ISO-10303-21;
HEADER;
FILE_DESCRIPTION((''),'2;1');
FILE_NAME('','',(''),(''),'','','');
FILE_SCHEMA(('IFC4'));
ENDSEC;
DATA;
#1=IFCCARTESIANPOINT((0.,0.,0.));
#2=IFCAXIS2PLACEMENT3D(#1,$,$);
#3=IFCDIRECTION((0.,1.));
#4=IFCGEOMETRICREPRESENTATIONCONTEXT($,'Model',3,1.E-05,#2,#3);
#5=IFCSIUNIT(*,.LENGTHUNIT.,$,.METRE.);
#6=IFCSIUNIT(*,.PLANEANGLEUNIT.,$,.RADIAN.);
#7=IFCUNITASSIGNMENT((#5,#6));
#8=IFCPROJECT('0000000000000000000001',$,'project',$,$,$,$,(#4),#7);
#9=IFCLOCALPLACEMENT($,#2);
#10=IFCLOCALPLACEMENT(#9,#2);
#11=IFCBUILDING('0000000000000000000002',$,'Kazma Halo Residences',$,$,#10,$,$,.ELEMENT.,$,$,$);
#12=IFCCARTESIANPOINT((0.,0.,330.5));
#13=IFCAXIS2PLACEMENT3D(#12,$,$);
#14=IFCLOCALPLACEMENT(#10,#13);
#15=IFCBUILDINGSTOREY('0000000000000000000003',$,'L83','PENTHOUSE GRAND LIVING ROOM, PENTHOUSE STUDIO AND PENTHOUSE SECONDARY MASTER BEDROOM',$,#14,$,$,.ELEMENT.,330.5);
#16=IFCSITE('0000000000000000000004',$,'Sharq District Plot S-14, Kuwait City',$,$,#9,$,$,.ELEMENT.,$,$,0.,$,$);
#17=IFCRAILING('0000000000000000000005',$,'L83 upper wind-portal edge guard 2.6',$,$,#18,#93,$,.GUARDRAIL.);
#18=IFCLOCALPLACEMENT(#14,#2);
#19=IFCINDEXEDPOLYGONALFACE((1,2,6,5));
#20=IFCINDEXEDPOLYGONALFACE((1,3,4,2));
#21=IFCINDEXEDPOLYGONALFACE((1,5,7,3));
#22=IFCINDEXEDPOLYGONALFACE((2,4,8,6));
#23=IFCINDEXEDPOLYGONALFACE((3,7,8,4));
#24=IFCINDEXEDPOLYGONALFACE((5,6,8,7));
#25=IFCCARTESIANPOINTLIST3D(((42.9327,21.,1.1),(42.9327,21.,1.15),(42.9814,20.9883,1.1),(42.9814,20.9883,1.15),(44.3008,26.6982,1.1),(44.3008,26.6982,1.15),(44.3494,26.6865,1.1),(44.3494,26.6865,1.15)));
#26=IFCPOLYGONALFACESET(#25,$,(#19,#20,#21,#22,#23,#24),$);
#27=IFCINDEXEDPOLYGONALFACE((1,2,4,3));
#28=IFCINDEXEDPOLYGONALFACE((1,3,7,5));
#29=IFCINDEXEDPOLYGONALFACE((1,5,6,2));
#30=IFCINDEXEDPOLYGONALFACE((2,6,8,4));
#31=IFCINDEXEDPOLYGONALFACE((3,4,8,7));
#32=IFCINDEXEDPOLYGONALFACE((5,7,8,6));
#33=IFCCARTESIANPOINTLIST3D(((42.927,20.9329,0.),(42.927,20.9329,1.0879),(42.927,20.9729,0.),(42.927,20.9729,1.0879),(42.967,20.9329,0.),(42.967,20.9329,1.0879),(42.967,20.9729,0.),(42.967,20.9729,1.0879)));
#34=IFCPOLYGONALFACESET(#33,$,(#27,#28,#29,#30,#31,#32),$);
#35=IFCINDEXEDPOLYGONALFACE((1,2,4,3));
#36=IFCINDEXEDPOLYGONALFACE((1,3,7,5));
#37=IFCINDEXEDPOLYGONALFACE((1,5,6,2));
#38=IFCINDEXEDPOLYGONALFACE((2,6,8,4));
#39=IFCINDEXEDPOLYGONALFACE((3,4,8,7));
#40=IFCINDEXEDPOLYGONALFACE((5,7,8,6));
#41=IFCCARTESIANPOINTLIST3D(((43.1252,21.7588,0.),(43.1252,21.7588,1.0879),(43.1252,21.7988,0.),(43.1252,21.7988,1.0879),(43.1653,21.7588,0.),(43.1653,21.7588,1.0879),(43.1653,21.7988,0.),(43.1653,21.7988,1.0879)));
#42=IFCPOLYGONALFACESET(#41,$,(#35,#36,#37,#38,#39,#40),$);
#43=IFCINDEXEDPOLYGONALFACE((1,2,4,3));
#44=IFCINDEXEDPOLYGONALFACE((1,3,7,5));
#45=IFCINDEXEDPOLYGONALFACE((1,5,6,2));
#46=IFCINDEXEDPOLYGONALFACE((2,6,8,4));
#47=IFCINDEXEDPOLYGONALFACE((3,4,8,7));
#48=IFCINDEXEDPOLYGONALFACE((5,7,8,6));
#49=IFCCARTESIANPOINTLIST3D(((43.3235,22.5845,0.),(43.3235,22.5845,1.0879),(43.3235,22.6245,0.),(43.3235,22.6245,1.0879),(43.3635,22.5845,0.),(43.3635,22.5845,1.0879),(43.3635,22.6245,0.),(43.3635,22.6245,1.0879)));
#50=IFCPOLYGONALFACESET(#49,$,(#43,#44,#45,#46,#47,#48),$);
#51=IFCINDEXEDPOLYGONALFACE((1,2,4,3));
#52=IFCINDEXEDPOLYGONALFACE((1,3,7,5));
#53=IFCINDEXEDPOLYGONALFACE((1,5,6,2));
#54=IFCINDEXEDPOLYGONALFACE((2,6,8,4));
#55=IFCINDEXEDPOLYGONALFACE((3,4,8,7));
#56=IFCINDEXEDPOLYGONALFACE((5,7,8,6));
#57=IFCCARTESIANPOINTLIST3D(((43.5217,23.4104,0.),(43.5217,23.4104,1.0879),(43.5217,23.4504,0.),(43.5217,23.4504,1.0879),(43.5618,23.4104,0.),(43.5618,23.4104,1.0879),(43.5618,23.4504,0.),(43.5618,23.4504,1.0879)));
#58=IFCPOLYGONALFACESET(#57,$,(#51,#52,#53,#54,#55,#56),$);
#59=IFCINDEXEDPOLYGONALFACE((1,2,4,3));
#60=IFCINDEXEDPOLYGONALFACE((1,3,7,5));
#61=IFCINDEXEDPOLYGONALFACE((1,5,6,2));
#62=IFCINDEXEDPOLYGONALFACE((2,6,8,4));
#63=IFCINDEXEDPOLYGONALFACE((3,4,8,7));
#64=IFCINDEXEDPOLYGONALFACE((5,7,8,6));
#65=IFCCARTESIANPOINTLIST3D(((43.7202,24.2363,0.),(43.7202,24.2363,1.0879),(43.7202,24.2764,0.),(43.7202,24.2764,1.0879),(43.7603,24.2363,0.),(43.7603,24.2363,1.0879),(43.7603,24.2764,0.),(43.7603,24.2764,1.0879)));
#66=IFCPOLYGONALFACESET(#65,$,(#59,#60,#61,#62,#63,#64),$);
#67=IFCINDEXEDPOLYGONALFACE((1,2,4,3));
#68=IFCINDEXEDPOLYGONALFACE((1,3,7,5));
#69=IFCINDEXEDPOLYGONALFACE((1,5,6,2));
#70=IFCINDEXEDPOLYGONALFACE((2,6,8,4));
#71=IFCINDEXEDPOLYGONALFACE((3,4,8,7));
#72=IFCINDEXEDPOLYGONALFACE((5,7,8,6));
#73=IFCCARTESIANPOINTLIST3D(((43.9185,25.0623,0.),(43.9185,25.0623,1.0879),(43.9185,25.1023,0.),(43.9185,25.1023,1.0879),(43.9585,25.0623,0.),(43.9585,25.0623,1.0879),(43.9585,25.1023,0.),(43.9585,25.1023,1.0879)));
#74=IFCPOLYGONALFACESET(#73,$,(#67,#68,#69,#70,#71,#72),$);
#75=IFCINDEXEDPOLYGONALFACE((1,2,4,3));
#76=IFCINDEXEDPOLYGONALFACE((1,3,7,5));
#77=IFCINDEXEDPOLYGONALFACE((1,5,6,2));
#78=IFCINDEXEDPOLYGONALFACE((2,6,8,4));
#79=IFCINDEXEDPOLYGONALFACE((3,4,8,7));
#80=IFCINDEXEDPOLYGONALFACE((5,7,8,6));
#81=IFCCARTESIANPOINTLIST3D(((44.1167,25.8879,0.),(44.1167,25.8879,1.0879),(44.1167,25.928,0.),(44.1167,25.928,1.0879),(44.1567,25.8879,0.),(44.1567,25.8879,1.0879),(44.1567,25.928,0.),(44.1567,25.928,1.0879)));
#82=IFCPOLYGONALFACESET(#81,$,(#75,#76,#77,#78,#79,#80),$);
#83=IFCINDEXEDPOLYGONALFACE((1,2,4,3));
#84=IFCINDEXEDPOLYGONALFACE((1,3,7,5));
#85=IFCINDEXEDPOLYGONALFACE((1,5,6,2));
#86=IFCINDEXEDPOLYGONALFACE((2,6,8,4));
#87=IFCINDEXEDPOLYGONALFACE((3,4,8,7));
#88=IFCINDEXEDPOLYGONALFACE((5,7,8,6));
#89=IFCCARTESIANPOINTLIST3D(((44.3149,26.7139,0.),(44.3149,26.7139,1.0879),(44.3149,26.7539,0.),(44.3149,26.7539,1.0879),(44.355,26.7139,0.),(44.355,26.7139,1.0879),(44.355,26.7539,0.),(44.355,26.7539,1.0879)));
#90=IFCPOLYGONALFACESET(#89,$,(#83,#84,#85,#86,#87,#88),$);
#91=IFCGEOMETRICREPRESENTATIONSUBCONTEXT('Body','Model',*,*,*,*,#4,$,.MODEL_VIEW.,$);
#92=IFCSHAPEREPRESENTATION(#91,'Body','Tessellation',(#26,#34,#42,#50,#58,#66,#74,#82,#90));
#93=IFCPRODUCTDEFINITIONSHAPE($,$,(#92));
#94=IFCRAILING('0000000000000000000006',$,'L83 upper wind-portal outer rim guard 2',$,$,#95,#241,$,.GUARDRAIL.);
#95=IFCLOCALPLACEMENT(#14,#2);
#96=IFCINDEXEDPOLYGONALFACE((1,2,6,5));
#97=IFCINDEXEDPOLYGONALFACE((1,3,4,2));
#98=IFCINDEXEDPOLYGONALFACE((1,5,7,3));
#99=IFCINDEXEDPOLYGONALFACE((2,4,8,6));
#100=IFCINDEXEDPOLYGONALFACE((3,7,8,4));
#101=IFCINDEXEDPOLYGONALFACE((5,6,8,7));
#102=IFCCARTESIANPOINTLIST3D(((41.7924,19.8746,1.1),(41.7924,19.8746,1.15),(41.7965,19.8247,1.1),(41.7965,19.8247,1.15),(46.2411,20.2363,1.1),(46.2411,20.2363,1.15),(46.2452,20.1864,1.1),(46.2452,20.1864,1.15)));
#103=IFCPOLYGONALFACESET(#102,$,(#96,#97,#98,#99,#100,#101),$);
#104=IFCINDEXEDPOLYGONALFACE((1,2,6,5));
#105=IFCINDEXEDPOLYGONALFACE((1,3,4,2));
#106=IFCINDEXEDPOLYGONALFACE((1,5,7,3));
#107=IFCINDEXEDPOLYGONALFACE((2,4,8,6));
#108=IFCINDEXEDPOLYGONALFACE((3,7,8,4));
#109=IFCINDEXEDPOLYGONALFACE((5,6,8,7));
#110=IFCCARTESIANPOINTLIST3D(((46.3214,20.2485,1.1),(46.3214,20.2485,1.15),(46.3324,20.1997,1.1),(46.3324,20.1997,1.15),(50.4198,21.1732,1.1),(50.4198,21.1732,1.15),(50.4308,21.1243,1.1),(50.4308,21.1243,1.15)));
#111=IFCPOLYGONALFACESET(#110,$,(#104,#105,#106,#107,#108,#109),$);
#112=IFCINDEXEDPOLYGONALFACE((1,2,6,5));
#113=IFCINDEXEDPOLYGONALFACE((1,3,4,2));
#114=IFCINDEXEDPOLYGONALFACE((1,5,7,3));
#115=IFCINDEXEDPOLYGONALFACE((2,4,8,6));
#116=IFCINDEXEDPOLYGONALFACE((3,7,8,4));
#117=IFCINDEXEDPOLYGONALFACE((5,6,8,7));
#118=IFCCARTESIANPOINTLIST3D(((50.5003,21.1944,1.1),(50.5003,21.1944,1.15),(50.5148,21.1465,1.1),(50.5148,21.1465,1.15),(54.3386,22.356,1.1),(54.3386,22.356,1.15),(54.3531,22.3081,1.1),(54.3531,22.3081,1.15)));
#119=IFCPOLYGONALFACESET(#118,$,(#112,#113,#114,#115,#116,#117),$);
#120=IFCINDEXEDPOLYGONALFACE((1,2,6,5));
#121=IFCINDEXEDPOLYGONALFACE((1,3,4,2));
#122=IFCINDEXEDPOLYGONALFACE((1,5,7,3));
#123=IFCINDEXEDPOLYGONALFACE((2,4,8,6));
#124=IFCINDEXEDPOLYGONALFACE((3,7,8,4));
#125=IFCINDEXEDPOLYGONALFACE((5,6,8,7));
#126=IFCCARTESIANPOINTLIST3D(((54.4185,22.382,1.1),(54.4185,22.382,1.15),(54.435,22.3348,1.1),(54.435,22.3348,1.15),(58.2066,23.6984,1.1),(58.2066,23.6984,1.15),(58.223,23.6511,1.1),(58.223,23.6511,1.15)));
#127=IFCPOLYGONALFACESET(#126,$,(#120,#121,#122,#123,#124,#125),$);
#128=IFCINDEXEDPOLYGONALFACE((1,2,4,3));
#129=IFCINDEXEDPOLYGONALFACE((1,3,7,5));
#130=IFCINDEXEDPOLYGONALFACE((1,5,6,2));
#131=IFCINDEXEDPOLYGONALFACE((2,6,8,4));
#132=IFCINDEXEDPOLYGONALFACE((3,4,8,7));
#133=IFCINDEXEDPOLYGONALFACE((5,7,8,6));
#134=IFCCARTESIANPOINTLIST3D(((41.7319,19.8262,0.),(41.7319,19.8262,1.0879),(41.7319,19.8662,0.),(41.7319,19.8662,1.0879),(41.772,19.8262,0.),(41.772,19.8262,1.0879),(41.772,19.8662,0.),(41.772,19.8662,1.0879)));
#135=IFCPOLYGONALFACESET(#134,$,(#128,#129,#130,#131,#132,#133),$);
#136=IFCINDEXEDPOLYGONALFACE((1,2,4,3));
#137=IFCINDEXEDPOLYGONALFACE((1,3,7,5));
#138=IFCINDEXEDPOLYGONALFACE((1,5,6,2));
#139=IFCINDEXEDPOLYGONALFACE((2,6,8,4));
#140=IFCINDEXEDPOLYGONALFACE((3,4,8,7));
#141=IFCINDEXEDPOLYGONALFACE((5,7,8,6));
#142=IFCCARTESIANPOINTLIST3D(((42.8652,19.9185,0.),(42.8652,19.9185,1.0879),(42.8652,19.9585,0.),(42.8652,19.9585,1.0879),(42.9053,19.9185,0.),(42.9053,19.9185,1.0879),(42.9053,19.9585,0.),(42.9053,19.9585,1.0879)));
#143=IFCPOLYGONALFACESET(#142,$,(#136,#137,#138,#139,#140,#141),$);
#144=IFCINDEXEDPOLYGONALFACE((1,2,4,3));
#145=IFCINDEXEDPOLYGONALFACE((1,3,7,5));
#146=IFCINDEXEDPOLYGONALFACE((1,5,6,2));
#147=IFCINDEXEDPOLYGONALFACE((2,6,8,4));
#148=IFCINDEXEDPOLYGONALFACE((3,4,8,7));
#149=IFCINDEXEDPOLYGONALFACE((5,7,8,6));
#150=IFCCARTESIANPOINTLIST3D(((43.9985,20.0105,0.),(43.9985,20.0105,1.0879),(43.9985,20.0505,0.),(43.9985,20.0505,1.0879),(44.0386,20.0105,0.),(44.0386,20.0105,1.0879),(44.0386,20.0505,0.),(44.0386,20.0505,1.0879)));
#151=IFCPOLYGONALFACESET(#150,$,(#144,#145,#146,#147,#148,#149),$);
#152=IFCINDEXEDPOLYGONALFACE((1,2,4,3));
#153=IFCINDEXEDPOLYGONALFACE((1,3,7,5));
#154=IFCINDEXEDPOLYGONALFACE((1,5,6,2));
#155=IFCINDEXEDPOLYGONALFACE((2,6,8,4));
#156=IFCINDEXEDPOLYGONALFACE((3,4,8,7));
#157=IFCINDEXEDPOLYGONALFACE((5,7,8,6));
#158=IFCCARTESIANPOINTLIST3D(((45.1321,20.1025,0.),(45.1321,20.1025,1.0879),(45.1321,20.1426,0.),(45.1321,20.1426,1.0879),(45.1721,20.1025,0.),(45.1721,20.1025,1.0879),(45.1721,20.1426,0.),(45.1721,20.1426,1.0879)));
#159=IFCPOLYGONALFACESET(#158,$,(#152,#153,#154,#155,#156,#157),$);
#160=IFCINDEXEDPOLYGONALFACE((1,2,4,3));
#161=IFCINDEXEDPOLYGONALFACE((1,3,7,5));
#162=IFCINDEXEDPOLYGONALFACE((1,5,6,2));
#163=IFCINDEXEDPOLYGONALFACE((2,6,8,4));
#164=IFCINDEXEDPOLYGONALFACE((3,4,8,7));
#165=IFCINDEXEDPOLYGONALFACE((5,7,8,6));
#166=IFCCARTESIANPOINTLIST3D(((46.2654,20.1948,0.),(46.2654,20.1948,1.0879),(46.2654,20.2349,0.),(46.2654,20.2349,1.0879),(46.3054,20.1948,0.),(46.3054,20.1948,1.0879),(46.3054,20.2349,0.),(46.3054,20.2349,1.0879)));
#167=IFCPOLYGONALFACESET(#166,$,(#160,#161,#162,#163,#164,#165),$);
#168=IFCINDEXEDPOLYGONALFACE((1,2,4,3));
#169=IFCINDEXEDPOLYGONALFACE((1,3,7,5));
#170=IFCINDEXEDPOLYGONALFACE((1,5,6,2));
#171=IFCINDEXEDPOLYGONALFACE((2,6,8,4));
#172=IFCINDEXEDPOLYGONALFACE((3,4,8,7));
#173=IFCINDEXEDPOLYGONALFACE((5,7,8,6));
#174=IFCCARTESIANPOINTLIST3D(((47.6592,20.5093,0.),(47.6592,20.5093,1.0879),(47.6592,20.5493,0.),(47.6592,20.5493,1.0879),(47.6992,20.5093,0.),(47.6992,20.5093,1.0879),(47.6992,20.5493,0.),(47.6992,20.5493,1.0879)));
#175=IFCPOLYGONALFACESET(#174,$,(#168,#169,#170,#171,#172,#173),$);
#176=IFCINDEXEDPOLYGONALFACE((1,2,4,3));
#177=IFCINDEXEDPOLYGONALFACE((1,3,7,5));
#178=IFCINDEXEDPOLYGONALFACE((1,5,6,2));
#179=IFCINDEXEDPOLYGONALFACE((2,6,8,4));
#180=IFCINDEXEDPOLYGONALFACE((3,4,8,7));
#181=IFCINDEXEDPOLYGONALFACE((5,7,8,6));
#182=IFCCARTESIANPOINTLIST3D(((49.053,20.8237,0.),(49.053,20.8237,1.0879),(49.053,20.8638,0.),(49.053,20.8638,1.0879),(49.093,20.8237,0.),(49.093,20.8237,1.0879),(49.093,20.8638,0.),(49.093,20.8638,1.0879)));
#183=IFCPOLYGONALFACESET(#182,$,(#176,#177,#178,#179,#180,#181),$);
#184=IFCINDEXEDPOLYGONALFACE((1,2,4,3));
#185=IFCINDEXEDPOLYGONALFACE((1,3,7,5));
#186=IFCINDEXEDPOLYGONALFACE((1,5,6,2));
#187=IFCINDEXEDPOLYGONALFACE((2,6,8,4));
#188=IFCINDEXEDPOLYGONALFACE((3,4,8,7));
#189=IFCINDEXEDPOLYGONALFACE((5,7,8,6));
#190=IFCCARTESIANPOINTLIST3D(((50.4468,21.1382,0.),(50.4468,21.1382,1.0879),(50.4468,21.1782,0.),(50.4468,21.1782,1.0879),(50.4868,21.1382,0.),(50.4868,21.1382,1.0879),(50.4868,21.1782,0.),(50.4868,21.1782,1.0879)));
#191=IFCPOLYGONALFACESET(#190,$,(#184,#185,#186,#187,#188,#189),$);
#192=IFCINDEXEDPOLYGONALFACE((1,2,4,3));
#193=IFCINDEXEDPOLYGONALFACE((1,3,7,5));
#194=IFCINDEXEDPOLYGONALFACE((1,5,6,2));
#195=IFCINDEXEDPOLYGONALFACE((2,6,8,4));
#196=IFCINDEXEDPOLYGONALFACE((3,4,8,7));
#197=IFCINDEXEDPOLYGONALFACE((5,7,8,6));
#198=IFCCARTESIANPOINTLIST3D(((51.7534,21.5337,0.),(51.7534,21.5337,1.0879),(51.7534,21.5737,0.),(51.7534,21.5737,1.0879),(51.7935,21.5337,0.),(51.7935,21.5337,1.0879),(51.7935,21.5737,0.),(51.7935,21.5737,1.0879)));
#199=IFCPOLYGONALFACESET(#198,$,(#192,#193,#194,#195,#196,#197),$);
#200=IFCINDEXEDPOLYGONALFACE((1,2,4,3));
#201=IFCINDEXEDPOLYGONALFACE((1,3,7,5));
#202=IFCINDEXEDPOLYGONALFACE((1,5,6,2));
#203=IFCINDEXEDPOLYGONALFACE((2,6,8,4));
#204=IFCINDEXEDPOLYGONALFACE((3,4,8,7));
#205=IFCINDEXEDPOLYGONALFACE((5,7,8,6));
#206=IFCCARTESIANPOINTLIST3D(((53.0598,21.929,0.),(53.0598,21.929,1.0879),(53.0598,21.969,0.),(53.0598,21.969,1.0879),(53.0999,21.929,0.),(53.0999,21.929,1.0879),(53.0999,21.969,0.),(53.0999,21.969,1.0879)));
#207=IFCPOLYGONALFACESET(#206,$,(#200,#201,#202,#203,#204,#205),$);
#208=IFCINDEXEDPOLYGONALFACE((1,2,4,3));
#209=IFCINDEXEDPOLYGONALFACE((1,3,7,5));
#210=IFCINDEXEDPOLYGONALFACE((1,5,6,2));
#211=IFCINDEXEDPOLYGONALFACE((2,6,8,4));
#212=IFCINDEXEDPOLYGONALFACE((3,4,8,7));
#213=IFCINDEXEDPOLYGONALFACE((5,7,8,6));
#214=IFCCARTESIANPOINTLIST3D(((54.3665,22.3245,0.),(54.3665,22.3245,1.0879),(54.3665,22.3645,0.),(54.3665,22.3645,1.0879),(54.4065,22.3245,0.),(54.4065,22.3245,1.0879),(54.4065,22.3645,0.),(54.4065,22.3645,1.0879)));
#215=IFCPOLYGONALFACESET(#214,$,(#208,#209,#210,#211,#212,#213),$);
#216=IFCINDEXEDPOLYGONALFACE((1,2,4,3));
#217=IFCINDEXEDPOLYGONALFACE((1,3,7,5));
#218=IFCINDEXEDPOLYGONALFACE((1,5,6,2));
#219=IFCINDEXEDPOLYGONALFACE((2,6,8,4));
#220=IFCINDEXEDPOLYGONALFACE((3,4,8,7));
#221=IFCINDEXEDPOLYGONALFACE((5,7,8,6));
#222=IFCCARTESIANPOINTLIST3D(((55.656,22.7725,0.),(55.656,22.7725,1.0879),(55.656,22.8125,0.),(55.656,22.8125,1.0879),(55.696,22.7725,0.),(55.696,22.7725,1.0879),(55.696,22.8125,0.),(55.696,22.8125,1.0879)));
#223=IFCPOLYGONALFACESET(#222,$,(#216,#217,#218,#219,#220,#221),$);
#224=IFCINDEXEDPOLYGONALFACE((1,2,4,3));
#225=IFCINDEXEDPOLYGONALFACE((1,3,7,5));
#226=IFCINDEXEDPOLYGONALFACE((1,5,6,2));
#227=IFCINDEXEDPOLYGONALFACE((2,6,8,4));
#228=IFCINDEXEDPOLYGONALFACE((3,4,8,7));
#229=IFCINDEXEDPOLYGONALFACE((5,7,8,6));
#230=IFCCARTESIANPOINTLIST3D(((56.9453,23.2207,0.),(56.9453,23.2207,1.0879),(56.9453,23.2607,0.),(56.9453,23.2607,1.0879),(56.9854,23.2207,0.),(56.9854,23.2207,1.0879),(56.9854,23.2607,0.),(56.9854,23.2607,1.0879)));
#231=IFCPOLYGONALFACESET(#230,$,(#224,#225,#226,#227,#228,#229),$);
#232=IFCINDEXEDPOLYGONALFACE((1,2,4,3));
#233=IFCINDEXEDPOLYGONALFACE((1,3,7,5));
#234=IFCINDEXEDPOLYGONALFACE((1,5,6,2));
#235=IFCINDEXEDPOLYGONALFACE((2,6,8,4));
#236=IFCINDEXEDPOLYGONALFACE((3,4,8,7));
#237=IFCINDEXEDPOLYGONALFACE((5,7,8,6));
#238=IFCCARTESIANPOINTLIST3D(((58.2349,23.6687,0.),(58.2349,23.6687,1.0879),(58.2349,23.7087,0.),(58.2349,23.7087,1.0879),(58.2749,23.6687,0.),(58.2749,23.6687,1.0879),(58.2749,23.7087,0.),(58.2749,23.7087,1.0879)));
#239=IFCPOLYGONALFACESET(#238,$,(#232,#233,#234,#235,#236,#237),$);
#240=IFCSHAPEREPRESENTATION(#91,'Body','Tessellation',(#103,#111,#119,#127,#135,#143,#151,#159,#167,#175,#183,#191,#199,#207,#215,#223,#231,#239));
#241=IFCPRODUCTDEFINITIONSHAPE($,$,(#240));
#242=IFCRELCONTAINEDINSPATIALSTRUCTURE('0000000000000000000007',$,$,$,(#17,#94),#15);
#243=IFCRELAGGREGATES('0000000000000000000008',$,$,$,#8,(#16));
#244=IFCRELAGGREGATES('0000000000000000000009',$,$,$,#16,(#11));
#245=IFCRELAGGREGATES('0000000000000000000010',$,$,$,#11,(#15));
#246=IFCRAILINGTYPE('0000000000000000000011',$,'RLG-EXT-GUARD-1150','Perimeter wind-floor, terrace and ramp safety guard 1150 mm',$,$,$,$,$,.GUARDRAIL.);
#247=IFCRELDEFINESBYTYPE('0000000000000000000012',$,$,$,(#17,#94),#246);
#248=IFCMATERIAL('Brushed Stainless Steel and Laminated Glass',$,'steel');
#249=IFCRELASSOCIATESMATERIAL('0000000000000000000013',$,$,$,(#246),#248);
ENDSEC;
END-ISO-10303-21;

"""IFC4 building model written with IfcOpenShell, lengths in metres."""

from ifc_helpers import new_model, si_unit, direction, frame, origin, origin_2d, place, context, subcontext, project, spatial, rectangle, extrude, material, type_object, element, save


model = new_model("IFC4")

# Units and contexts
model_context = context("Model", 3, precision=1e-05, world=origin(), true_north=direction((0.0, 1.0)))
body_context = subcontext(model_context, "Body", "Model", "MODEL_VIEW")
ifc_project = project(units=[si_unit("LENGTHUNIT", "METRE"), si_unit("PLANEANGLEUNIT", "RADIAN")], contexts=[model_context])

# Site, building, storey
site_placement = place(None, origin())
site = spatial("IfcSite", under=ifc_project, at=site_placement, Name="Sharq District Plot S-14, Kuwait City", CompositionType="ELEMENT", RefElevation=0.0)
building_placement = place(site_placement, origin())
building = spatial("IfcBuilding", under=site, at=building_placement, Name="Kazma Halo Residences", CompositionType="ELEMENT")
storey_placement = place(building_placement, frame((0.0, 0.0, 330.5)))
storey = spatial("IfcBuildingStorey", under=building, at=storey_placement, Name="L83", Description="PENTHOUSE GRAND LIVING ROOM, PENTHOUSE STUDIO AND PENTHOUSE SECONDARY MASTER BEDROOM", CompositionType="ELEMENT", Elevation=330.5)

# Railings
ifc_material_1 = material(Name="Brushed Stainless Steel and Laminated Glass", Category="steel")
railing_type_1 = type_object("IfcRailingType", Name="RLG-EXT-GUARD-1150", Description="Perimeter wind-floor, terrace and ramp safety guard 1150 mm", PredefinedType="GUARDRAIL", material=ifc_material_1)
railing_1_placement = place(storey_placement, frame((42.947, 20.9529, 0.0)))
element("IfcRailing", 1, at=railing_1_placement, inside=storey, type_object=railing_type_1, Name="L83 upper wind-portal edge guard 2.6", PredefinedType="GUARDRAIL", context=body_context, shape_type="SweptSolid", body=[
    extrude(rectangle(XDim=0.05, YDim=0.05, at=origin_2d()), frame((0.01, 0.0413, 1.125), z_axis=(0.233452, 0.972368, 0.0), x_axis=(-0.972368, 0.233452, 0.0)), (0.0, 0.0, 1.0), 5.8601),
    extrude(rectangle(XDim=0.04, YDim=0.04, at=origin_2d()), origin(), (0.0, 0.0, 1.0), 1.0879),
    extrude(rectangle(XDim=0.04, YDim=0.04, at=origin_2d()), frame((0.1982, 0.8259, 0.0)), (0.0, 0.0, 1.0), 1.0879),
    extrude(rectangle(XDim=0.04, YDim=0.04, at=origin_2d()), frame((0.3965, 1.6516, 0.0)), (0.0, 0.0, 1.0), 1.0879),
    extrude(rectangle(XDim=0.04, YDim=0.04, at=origin_2d()), frame((0.5947, 2.4775, 0.0)), (0.0, 0.0, 1.0), 1.0879),
    extrude(rectangle(XDim=0.04, YDim=0.04, at=origin_2d()), frame((0.7932, 3.3035, 0.0)), (0.0, 0.0, 1.0), 1.0879),
    extrude(rectangle(XDim=0.04, YDim=0.04, at=origin_2d()), frame((0.9915, 4.1294, 0.0)), (0.0, 0.0, 1.0), 1.0879),
    extrude(rectangle(XDim=0.04, YDim=0.04, at=origin_2d()), frame((1.1897, 4.9551, 0.0)), (0.0, 0.0, 1.0), 1.0879),
    extrude(rectangle(XDim=0.04, YDim=0.04, at=origin_2d()), frame((1.3879, 5.781, 0.0)), (0.0, 0.0, 1.0), 1.0879),
])
railing_2_placement = place(storey_placement, frame((41.752, 19.8462, 0.0)))
element("IfcRailing", 2, at=railing_2_placement, inside=storey, type_object=railing_type_1, Name="L83 upper wind-portal outer rim guard 2", PredefinedType="GUARDRAIL", context=body_context, shape_type="SweptSolid", body=[
    extrude(rectangle(XDim=0.05, YDim=0.05, at=origin_2d()), frame((0.0425, 0.0034, 1.125), z_axis=(0.99671, 0.081051, 0.0), x_axis=(-0.081051, 0.99671, 0.0)), (0.0, 0.0, 1.0), 4.4634),
    extrude(rectangle(XDim=0.05, YDim=0.05, at=origin_2d()), frame((4.575, 0.3779, 1.125), z_axis=(0.975482, 0.220077, 0.0), x_axis=(-0.220077, 0.975482, 0.0)), (0.0, 0.0, 1.0), 4.2014),
    extrude(rectangle(XDim=0.05, YDim=0.05, at=origin_2d()), frame((8.7556, 1.3242, 1.125), z_axis=(0.957126, 0.289671, 0.0), x_axis=(-0.289671, 0.957126, 0.0)), (0.0, 0.0, 1.0), 4.0103),
    extrude(rectangle(XDim=0.05, YDim=0.05, at=origin_2d()), frame((12.6748, 2.5122, 1.125), z_axis=(0.944595, 0.328239, 0.0), x_axis=(-0.328239, 0.944595, 0.0)), (0.0, 0.0, 1.0), 4.0103),
    extrude(rectangle(XDim=0.04, YDim=0.04, at=origin_2d()), origin(), (0.0, 0.0, 1.0), 1.0879),
    extrude(rectangle(XDim=0.04, YDim=0.04, at=origin_2d()), frame((1.1333, 0.0923, 0.0)), (0.0, 0.0, 1.0), 1.0879),
    extrude(rectangle(XDim=0.04, YDim=0.04, at=origin_2d()), frame((2.2666, 0.1843, 0.0)), (0.0, 0.0, 1.0), 1.0879),
    extrude(rectangle(XDim=0.04, YDim=0.04, at=origin_2d()), frame((3.4001, 0.2764, 0.0)), (0.0, 0.0, 1.0), 1.0879),
    extrude(rectangle(XDim=0.04, YDim=0.04, at=origin_2d()), frame((4.5334, 0.3687, 0.0)), (0.0, 0.0, 1.0), 1.0879),
    extrude(rectangle(XDim=0.04, YDim=0.04, at=origin_2d()), frame((5.9272, 0.6831, 0.0)), (0.0, 0.0, 1.0), 1.0879),
    extrude(rectangle(XDim=0.04, YDim=0.04, at=origin_2d()), frame((7.321, 0.9976, 0.0)), (0.0, 0.0, 1.0), 1.0879),
    extrude(rectangle(XDim=0.04, YDim=0.04, at=origin_2d()), frame((8.7148, 1.312, 0.0)), (0.0, 0.0, 1.0), 1.0879),
    extrude(rectangle(XDim=0.04, YDim=0.04, at=origin_2d()), frame((10.0215, 1.7075, 0.0)), (0.0, 0.0, 1.0), 1.0879),
    extrude(rectangle(XDim=0.04, YDim=0.04, at=origin_2d()), frame((11.3279, 2.1028, 0.0)), (0.0, 0.0, 1.0), 1.0879),
    extrude(rectangle(XDim=0.04, YDim=0.04, at=origin_2d()), frame((12.6345, 2.4983, 0.0)), (0.0, 0.0, 1.0), 1.0879),
    extrude(rectangle(XDim=0.04, YDim=0.04, at=origin_2d()), frame((13.9241, 2.9463, 0.0)), (0.0, 0.0, 1.0), 1.0879),
    extrude(rectangle(XDim=0.04, YDim=0.04, at=origin_2d()), frame((15.2134, 3.3945, 0.0)), (0.0, 0.0, 1.0), 1.0879),
    extrude(rectangle(XDim=0.04, YDim=0.04, at=origin_2d()), frame((16.5029, 3.8425, 0.0)), (0.0, 0.0, 1.0), 1.0879),
])

save(model, "model.ifc")
